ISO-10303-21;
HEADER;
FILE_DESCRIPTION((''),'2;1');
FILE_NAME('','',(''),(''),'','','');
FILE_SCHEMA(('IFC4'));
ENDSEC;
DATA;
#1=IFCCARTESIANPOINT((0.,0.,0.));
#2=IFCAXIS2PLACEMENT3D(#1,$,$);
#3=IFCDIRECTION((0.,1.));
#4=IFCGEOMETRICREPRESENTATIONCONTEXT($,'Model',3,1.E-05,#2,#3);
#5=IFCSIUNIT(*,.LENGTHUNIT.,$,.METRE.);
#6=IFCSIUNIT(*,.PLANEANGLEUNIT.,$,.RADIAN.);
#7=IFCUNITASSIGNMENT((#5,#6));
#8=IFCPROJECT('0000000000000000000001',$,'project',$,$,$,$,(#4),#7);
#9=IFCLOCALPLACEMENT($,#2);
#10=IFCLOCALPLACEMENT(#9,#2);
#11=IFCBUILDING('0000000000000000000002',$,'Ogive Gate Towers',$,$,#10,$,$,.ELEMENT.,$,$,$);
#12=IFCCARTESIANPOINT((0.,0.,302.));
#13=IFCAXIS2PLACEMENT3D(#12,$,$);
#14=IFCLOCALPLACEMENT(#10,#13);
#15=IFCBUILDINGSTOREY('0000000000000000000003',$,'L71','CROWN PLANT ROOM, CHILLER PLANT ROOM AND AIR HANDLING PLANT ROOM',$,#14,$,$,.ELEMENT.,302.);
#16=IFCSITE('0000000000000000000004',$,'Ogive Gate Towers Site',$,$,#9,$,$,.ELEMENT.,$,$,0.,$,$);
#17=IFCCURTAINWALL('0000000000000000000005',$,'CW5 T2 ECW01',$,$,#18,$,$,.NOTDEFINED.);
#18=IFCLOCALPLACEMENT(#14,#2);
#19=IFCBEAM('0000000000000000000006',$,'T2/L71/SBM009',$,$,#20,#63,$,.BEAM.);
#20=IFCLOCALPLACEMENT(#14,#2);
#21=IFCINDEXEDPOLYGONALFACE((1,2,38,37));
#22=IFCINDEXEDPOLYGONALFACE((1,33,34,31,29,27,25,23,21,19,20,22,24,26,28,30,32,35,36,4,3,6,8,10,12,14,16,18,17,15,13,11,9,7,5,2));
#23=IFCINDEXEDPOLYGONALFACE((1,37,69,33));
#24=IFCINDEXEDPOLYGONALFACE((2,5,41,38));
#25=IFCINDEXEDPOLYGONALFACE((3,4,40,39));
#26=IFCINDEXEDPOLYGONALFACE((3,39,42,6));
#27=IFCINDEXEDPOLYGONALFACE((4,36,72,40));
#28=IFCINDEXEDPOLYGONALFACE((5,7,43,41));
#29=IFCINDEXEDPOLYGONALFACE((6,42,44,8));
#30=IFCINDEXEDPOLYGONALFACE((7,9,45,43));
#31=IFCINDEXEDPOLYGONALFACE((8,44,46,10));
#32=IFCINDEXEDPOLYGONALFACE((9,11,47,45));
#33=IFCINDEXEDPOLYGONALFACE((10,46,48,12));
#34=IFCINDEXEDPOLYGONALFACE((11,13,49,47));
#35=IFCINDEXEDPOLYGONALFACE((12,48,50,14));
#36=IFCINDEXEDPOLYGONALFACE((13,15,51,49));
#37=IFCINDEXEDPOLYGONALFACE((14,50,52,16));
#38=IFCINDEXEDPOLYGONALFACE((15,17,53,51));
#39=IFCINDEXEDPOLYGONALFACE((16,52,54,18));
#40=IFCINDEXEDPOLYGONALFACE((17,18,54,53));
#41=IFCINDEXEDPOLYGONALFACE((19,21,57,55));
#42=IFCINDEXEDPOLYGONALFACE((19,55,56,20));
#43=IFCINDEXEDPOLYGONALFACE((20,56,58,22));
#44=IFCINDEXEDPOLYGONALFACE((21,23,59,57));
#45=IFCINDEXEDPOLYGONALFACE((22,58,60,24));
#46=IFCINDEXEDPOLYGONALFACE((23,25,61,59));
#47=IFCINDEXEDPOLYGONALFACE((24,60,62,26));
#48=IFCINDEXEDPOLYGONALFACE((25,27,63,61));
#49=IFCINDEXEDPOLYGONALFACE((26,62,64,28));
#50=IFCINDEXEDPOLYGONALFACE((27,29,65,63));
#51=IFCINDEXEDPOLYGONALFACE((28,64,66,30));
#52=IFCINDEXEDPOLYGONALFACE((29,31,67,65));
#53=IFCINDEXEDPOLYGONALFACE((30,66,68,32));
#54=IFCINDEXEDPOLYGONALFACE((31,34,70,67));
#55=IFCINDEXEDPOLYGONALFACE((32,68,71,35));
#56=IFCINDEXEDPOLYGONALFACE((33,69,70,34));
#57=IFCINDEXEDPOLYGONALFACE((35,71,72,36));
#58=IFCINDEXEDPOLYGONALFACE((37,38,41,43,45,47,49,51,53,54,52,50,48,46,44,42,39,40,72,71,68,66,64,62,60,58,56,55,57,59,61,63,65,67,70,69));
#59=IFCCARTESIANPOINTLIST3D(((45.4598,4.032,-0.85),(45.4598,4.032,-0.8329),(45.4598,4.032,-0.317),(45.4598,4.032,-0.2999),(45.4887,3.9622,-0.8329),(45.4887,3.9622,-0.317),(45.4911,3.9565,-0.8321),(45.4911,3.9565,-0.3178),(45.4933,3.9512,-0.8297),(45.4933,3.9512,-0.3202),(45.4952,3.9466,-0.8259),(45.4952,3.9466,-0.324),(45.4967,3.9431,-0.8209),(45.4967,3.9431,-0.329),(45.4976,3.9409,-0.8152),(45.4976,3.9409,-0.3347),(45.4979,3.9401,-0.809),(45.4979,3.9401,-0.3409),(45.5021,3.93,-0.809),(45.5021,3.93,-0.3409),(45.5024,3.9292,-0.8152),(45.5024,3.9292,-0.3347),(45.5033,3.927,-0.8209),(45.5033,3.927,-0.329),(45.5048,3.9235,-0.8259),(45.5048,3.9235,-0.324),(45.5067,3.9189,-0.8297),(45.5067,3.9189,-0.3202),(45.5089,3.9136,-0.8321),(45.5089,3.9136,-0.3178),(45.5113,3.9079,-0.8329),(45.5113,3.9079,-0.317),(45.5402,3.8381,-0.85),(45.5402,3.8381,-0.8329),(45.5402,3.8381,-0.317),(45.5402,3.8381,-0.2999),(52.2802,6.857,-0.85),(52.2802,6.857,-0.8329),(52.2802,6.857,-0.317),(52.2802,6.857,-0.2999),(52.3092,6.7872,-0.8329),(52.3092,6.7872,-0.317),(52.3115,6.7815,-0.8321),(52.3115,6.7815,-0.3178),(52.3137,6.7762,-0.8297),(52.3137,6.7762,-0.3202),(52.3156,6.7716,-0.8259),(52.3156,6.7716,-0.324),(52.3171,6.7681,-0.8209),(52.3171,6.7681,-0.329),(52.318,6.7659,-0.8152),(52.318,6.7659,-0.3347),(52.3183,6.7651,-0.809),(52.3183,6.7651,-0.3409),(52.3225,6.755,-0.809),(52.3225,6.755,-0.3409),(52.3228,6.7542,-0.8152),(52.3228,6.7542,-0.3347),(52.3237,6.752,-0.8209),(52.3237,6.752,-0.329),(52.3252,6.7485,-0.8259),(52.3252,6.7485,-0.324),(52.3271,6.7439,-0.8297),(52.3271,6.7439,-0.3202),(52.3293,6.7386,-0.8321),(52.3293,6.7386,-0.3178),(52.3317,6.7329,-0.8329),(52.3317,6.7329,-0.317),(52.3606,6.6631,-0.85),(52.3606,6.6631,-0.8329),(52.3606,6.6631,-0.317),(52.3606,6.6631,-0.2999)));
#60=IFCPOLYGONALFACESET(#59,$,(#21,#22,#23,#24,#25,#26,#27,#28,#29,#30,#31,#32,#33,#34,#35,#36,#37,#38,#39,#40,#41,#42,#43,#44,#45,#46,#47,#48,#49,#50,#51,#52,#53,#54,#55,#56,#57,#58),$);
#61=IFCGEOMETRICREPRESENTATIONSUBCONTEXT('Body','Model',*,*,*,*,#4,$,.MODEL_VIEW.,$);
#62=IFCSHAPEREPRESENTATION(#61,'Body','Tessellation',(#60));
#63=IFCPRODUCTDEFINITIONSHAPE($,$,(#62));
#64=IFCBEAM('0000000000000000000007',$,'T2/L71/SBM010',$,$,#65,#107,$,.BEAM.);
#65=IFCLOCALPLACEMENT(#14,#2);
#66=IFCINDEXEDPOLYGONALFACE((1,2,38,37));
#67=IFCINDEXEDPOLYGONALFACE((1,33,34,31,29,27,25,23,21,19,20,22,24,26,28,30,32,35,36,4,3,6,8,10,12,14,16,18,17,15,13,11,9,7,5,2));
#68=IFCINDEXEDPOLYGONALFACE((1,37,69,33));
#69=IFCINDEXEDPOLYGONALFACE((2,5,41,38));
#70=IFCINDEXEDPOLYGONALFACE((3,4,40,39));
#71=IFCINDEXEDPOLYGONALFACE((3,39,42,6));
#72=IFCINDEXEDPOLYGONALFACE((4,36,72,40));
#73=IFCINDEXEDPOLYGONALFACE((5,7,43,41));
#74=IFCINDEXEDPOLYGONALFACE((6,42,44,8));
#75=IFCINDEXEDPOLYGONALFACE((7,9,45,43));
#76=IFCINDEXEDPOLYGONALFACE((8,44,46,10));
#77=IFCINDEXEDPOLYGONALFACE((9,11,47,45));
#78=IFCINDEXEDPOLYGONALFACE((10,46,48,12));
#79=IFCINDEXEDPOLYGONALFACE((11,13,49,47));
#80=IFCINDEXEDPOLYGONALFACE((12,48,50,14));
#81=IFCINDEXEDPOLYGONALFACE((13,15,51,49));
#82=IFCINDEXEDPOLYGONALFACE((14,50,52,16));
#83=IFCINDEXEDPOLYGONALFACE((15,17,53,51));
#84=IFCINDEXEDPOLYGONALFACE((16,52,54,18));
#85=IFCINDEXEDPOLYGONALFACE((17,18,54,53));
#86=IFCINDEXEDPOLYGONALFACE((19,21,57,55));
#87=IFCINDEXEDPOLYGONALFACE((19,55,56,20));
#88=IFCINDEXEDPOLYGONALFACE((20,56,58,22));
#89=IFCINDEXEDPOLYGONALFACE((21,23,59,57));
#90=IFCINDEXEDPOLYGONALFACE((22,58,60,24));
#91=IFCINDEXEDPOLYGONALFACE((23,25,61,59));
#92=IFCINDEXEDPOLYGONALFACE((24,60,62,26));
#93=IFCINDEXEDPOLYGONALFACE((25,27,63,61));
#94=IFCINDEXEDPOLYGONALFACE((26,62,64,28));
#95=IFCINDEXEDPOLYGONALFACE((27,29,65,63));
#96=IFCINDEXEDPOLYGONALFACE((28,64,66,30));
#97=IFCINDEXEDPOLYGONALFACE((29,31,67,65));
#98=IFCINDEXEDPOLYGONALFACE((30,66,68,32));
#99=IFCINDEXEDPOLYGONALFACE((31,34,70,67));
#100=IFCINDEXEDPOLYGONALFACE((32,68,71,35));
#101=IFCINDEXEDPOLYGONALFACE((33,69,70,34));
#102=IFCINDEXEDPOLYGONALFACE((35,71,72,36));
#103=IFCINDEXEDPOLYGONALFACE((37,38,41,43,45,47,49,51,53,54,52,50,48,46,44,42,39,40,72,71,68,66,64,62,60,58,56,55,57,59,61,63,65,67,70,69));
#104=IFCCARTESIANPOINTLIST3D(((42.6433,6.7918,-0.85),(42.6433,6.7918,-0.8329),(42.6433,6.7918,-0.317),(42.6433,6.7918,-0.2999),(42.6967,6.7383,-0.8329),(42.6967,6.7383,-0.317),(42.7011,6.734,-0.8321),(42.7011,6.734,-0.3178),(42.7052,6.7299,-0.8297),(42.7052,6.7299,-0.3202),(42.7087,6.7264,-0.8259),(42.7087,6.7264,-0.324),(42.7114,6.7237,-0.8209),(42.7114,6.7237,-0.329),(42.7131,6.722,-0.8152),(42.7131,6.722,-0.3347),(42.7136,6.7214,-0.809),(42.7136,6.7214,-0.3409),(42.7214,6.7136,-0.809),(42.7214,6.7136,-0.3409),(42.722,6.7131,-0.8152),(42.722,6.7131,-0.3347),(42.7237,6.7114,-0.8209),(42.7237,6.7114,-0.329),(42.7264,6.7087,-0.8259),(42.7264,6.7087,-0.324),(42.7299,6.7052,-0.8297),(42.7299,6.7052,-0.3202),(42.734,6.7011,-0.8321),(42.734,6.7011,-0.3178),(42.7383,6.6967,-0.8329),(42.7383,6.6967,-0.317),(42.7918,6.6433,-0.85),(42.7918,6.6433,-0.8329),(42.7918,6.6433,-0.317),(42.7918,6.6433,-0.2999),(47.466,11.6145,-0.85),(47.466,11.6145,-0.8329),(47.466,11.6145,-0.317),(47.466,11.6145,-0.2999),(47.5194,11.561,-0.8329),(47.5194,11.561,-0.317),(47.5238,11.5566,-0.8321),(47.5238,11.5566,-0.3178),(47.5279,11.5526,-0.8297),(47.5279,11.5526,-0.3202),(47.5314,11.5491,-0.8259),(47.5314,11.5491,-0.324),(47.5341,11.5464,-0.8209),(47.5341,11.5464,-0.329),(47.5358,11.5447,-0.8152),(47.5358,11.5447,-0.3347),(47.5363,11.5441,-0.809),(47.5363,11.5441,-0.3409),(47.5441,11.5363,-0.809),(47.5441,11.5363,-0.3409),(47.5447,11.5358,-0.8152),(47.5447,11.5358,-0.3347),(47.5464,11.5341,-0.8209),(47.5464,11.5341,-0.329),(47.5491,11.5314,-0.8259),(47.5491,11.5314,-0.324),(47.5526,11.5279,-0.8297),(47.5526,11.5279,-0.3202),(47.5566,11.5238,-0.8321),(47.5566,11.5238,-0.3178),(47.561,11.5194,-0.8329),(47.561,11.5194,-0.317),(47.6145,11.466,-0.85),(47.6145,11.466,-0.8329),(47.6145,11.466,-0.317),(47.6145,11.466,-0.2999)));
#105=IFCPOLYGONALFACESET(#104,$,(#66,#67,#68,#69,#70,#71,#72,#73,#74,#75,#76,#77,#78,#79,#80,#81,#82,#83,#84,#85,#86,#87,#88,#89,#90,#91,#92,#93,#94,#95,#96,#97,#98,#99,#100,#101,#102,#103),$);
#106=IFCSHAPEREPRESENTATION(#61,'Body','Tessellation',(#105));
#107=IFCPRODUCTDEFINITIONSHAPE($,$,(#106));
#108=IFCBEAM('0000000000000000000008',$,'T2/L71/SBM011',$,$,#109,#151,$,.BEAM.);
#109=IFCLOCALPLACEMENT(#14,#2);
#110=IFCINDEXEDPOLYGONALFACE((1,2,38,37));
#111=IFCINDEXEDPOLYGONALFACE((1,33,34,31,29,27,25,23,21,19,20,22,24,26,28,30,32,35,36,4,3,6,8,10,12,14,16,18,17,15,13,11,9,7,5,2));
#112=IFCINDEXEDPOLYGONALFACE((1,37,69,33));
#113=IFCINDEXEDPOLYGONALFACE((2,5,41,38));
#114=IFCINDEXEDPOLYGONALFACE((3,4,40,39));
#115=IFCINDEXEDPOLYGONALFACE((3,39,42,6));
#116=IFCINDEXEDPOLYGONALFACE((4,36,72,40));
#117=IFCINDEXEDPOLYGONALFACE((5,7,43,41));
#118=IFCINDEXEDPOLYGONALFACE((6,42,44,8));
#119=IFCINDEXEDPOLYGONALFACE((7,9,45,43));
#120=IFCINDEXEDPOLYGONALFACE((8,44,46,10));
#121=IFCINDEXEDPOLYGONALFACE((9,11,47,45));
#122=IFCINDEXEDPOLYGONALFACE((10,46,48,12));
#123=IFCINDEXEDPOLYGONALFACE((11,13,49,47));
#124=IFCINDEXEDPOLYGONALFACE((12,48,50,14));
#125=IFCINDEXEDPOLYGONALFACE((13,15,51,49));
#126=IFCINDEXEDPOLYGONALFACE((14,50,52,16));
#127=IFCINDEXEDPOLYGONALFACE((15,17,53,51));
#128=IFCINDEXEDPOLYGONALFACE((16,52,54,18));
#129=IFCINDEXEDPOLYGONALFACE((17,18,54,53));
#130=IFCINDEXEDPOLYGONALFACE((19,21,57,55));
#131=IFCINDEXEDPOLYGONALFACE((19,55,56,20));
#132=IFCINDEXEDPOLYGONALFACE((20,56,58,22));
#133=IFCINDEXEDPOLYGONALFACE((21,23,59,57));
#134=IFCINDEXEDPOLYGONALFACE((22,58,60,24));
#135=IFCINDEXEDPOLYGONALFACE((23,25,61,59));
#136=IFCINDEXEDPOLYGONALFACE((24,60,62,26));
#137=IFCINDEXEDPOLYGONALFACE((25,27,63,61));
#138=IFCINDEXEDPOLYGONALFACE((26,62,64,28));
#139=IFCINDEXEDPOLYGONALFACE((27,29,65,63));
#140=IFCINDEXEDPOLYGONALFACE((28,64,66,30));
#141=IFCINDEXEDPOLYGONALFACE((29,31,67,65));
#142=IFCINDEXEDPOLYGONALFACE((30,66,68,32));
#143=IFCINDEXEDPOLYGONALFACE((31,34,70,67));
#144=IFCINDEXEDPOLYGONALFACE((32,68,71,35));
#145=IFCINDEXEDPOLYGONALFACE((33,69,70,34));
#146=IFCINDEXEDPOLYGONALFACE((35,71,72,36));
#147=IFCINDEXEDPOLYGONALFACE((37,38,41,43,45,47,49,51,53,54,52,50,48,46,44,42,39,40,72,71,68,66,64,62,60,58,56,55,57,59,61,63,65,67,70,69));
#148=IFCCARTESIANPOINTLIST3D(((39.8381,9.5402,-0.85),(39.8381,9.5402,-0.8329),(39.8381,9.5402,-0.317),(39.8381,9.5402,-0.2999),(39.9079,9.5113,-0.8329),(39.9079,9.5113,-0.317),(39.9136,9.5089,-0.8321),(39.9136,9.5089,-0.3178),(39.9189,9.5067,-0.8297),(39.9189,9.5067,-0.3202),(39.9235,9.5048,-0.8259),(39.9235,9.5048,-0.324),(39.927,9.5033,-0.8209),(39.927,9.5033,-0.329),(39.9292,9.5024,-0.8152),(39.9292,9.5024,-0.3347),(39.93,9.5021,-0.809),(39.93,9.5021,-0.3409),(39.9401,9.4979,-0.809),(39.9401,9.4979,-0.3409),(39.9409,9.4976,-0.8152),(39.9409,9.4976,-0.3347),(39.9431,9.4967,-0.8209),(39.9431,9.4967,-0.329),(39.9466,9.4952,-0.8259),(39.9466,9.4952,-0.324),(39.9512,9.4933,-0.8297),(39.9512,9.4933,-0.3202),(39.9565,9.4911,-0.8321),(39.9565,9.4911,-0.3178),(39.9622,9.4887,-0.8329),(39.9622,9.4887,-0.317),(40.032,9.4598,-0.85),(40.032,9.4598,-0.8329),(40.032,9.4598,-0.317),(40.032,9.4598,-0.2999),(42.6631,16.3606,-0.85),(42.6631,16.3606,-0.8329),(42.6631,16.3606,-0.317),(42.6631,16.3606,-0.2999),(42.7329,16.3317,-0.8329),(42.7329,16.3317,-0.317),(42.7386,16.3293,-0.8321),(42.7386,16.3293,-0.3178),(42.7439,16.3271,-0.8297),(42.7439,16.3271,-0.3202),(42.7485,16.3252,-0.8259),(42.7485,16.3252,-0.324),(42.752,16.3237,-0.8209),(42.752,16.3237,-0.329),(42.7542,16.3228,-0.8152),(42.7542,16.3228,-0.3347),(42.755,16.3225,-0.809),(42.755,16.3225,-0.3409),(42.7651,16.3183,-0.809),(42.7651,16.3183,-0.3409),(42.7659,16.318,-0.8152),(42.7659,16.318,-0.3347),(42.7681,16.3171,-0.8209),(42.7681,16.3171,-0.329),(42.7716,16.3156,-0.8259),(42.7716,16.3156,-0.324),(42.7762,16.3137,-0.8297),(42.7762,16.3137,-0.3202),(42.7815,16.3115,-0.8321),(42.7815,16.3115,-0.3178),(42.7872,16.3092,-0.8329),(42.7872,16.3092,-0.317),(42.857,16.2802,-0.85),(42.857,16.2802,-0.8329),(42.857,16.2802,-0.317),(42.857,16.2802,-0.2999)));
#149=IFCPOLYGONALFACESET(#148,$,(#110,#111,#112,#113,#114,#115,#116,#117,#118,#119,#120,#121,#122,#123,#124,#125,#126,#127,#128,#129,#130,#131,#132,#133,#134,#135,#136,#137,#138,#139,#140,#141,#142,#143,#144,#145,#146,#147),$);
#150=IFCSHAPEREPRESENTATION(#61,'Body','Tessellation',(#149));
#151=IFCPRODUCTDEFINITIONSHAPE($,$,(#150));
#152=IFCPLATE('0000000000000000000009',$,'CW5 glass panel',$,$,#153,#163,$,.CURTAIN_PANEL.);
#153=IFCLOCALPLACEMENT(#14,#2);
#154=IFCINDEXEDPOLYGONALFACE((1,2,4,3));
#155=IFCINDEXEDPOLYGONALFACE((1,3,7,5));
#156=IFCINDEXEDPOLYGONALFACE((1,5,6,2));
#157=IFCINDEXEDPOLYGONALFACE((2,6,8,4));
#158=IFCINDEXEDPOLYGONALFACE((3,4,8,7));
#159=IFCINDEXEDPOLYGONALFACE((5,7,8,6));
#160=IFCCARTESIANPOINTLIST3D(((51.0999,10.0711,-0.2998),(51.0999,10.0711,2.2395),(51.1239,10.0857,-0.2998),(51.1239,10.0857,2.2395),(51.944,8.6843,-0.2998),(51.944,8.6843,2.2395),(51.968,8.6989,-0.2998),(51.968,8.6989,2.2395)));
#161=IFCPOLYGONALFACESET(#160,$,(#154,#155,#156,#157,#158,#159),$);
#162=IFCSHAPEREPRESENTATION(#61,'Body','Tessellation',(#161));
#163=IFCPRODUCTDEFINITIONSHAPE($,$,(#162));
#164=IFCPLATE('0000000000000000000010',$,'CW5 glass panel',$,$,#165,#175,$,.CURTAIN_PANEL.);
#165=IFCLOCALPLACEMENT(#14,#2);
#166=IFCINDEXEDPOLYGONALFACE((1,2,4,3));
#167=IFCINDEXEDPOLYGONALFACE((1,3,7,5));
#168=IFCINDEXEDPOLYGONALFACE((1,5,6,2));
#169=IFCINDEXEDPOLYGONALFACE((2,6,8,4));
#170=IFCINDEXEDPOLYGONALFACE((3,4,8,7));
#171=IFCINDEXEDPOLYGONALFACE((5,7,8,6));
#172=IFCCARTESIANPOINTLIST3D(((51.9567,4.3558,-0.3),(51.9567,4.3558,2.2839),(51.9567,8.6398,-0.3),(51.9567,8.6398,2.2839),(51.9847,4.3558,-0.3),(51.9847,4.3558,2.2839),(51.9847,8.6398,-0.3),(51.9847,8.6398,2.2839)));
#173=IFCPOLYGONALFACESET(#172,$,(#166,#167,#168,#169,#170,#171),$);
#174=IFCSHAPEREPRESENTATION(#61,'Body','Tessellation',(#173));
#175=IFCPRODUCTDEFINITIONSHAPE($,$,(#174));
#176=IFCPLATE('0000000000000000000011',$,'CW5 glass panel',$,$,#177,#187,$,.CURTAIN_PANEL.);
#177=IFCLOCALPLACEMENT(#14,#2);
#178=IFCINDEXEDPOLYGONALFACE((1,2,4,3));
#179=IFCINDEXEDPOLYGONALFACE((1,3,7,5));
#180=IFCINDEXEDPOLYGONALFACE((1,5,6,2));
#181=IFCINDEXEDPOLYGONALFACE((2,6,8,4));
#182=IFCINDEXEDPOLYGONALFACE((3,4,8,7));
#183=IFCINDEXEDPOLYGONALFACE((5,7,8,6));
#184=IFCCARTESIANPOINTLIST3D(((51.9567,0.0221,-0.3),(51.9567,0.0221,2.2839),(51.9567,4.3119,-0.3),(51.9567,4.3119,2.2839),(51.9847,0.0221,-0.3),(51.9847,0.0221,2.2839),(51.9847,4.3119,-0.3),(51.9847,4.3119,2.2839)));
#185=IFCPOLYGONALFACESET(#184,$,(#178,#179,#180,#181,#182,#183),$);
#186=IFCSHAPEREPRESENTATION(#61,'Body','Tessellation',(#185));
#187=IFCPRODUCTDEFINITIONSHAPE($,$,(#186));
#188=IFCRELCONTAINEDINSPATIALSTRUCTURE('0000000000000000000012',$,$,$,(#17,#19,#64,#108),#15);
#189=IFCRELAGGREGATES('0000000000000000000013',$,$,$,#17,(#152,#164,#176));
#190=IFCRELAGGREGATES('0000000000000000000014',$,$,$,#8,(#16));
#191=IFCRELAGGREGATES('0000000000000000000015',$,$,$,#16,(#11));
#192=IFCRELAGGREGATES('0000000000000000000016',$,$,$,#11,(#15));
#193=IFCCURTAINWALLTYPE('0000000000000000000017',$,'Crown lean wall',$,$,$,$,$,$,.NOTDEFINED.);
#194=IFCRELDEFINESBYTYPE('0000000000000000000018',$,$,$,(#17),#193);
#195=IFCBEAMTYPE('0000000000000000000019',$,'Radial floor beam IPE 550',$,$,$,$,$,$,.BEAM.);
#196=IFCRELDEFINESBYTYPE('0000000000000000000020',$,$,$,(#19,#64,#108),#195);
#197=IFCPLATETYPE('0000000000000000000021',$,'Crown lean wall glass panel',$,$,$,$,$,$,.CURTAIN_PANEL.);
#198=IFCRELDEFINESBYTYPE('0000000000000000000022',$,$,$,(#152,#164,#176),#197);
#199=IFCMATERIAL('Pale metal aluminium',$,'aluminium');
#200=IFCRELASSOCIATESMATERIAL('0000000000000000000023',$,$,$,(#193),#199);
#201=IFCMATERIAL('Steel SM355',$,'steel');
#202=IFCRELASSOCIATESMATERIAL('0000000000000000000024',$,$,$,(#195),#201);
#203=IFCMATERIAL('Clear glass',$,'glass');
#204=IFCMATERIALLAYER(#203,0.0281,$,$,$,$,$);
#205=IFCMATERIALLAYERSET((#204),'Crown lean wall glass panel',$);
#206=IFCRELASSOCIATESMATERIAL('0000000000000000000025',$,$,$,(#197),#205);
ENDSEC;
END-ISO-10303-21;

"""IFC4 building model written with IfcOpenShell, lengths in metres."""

from ifc_helpers import new_model, si_unit, direction, frame, origin, origin_2d, place, context, subcontext, project, spatial, rectangle, i_section, extrude, material, layer, layer_set, material_profile, profile_set, type_object, element, aggregate, save


model = new_model("IFC4")

# Units and contexts
model_context = context("Model", 3, precision=1e-05, world=origin(), true_north=direction((0.0, 1.0)))
body_context = subcontext(model_context, "Body", "Model", "MODEL_VIEW")
ifc_project = project(units=[si_unit("LENGTHUNIT", "METRE"), si_unit("PLANEANGLEUNIT", "RADIAN")], contexts=[model_context])

# Site, building, storey
site_placement = place(None, origin())
site = spatial("IfcSite", under=ifc_project, at=site_placement, Name="Ogive Gate Towers Site", CompositionType="ELEMENT", RefElevation=0.0)
building_placement = place(site_placement, origin())
building = spatial("IfcBuilding", under=site, at=building_placement, Name="Ogive Gate Towers", CompositionType="ELEMENT")
storey_placement = place(building_placement, frame((0.0, 0.0, 302.0)))
storey = spatial("IfcBuildingStorey", under=building, at=storey_placement, Name="L71", Description="CROWN PLANT ROOM, CHILLER PLANT ROOM AND AIR HANDLING PLANT ROOM", CompositionType="ELEMENT", Elevation=302.0)

# Curtain wall
ifc_material_1 = material(Name="Pale metal aluminium", Category="aluminium")
curtain_wall_type = type_object("IfcCurtainWallType", Name="Crown lean wall", PredefinedType="NOTDEFINED", material=ifc_material_1)
curtain_wall_1_placement = place(storey_placement, origin())
curtain_wall_1 = element("IfcCurtainWall", 1, at=curtain_wall_1_placement, inside=storey, type_object=curtain_wall_type, Name="CW5 T2 ECW01", PredefinedType="NOTDEFINED")

# Beams
ifc_material_2 = material(Name="Steel SM355", Category="steel")
ifc_material_profile_1 = material_profile(ifc_material_2, i_section(OverallWidth=0.21, OverallDepth=0.55, WebThickness=0.011, FlangeThickness=0.0171, FilletRadius=0.0239, at=origin_2d()), Name="IPE 550")
ifc_profile_set_1 = profile_set([ifc_material_profile_1], Name="Steel SM355")
beam_type_1 = type_object("IfcBeamType", Name="Radial floor beam IPE 550", PredefinedType="BEAM", material=ifc_profile_set_1)
beam_1_placement = place(storey_placement, frame((45.5, 3.9351, -0.575), z_axis=(0.923885, 0.38267, 0.0), x_axis=(-0.38267, 0.923885, 0.0)))
element("IfcBeam", 2, at=beam_1_placement, inside=storey, type_object=beam_type_1, Name="T2/L71/SBM009", PredefinedType="BEAM", context=body_context, shape_type="SweptSolid", body=[
    extrude(i_section(OverallWidth=0.21, OverallDepth=0.55, WebThickness=0.011, FlangeThickness=0.0171, FilletRadius=0.0239, at=origin_2d()), origin(), (0.0, 0.0, 1.0), 7.3823),
])
beam_2_placement = place(storey_placement, frame((42.7175, 6.7175, -0.575), z_axis=(0.707107, 0.707107, 0.0), x_axis=(-0.707107, 0.707107, 0.0)))
element("IfcBeam", 3, at=beam_2_placement, inside=storey, type_object=beam_type_1, Name="T2/L71/SBM010", PredefinedType="BEAM", context=body_context, shape_type="SweptSolid", body=[
    extrude(i_section(OverallWidth=0.21, OverallDepth=0.55, WebThickness=0.011, FlangeThickness=0.0171, FilletRadius=0.0239, at=origin_2d()), origin(), (0.0, 0.0, 1.0), 6.8203),
])
beam_3_placement = place(storey_placement, frame((39.9351, 9.5, -0.575), z_axis=(0.38267, 0.923885, 0.0), x_axis=(-0.923885, 0.38267, 0.0)))
element("IfcBeam", 4, at=beam_3_placement, inside=storey, type_object=beam_type_1, Name="T2/L71/SBM011", PredefinedType="BEAM", context=body_context, shape_type="SweptSolid", body=[
    extrude(i_section(OverallWidth=0.21, OverallDepth=0.55, WebThickness=0.011, FlangeThickness=0.0171, FilletRadius=0.0239, at=origin_2d()), origin(), (0.0, 0.0, 1.0), 7.3823),
])

# Plates
ifc_material_3 = material(Name="Clear glass", Category="glass")
ifc_layer_1 = layer(ifc_material_3, 0.0281)
ifc_layer_set_1 = layer_set([ifc_layer_1], Name="Crown lean wall glass panel")
plate_type = type_object("IfcPlateType", Name="Crown lean wall glass panel", PredefinedType="CURTAIN_PANEL", material=ifc_layer_set_1)
plate_1_placement = place(storey_placement, frame((51.5339, 9.385, -0.2998), z_axis=(0.0, 0.0, 1.0), x_axis=(0.519907, -0.854223, 0.0)))
plate_1 = element("IfcPlate", 5, at=plate_1_placement, type_object=plate_type, Name="CW5 glass panel", PredefinedType="CURTAIN_PANEL", context=body_context, shape_type="SweptSolid", body=[
    extrude(rectangle(XDim=1.6235, YDim=0.0281, at=origin_2d()), origin(), (0.0, 0.0, 1.0), 2.5393),
])
plate_2_placement = place(storey_placement, frame((51.9707, 6.4978, -0.3), z_axis=(0.0, 0.0, 1.0), x_axis=(0.0, -1.0, 0.0)))
plate_2 = element("IfcPlate", 6, at=plate_2_placement, type_object=plate_type, Name="CW5 glass panel", PredefinedType="CURTAIN_PANEL", context=body_context, shape_type="SweptSolid", body=[
    extrude(rectangle(XDim=4.2839, YDim=0.0281, at=origin_2d()), origin(), (0.0, 0.0, 1.0), 2.584),
])
plate_3_placement = place(storey_placement, frame((51.9707, 2.167, -0.3), z_axis=(0.0, 0.0, 1.0), x_axis=(0.0, -1.0, 0.0)))
plate_3 = element("IfcPlate", 7, at=plate_3_placement, type_object=plate_type, Name="CW5 glass panel", PredefinedType="CURTAIN_PANEL", context=body_context, shape_type="SweptSolid", body=[
    extrude(rectangle(XDim=4.2898, YDim=0.0281, at=origin_2d()), origin(), (0.0, 0.0, 1.0), 2.584),
])
aggregate(curtain_wall_1, [plate_1, plate_2, plate_3])

save(model, "model.ifc")
